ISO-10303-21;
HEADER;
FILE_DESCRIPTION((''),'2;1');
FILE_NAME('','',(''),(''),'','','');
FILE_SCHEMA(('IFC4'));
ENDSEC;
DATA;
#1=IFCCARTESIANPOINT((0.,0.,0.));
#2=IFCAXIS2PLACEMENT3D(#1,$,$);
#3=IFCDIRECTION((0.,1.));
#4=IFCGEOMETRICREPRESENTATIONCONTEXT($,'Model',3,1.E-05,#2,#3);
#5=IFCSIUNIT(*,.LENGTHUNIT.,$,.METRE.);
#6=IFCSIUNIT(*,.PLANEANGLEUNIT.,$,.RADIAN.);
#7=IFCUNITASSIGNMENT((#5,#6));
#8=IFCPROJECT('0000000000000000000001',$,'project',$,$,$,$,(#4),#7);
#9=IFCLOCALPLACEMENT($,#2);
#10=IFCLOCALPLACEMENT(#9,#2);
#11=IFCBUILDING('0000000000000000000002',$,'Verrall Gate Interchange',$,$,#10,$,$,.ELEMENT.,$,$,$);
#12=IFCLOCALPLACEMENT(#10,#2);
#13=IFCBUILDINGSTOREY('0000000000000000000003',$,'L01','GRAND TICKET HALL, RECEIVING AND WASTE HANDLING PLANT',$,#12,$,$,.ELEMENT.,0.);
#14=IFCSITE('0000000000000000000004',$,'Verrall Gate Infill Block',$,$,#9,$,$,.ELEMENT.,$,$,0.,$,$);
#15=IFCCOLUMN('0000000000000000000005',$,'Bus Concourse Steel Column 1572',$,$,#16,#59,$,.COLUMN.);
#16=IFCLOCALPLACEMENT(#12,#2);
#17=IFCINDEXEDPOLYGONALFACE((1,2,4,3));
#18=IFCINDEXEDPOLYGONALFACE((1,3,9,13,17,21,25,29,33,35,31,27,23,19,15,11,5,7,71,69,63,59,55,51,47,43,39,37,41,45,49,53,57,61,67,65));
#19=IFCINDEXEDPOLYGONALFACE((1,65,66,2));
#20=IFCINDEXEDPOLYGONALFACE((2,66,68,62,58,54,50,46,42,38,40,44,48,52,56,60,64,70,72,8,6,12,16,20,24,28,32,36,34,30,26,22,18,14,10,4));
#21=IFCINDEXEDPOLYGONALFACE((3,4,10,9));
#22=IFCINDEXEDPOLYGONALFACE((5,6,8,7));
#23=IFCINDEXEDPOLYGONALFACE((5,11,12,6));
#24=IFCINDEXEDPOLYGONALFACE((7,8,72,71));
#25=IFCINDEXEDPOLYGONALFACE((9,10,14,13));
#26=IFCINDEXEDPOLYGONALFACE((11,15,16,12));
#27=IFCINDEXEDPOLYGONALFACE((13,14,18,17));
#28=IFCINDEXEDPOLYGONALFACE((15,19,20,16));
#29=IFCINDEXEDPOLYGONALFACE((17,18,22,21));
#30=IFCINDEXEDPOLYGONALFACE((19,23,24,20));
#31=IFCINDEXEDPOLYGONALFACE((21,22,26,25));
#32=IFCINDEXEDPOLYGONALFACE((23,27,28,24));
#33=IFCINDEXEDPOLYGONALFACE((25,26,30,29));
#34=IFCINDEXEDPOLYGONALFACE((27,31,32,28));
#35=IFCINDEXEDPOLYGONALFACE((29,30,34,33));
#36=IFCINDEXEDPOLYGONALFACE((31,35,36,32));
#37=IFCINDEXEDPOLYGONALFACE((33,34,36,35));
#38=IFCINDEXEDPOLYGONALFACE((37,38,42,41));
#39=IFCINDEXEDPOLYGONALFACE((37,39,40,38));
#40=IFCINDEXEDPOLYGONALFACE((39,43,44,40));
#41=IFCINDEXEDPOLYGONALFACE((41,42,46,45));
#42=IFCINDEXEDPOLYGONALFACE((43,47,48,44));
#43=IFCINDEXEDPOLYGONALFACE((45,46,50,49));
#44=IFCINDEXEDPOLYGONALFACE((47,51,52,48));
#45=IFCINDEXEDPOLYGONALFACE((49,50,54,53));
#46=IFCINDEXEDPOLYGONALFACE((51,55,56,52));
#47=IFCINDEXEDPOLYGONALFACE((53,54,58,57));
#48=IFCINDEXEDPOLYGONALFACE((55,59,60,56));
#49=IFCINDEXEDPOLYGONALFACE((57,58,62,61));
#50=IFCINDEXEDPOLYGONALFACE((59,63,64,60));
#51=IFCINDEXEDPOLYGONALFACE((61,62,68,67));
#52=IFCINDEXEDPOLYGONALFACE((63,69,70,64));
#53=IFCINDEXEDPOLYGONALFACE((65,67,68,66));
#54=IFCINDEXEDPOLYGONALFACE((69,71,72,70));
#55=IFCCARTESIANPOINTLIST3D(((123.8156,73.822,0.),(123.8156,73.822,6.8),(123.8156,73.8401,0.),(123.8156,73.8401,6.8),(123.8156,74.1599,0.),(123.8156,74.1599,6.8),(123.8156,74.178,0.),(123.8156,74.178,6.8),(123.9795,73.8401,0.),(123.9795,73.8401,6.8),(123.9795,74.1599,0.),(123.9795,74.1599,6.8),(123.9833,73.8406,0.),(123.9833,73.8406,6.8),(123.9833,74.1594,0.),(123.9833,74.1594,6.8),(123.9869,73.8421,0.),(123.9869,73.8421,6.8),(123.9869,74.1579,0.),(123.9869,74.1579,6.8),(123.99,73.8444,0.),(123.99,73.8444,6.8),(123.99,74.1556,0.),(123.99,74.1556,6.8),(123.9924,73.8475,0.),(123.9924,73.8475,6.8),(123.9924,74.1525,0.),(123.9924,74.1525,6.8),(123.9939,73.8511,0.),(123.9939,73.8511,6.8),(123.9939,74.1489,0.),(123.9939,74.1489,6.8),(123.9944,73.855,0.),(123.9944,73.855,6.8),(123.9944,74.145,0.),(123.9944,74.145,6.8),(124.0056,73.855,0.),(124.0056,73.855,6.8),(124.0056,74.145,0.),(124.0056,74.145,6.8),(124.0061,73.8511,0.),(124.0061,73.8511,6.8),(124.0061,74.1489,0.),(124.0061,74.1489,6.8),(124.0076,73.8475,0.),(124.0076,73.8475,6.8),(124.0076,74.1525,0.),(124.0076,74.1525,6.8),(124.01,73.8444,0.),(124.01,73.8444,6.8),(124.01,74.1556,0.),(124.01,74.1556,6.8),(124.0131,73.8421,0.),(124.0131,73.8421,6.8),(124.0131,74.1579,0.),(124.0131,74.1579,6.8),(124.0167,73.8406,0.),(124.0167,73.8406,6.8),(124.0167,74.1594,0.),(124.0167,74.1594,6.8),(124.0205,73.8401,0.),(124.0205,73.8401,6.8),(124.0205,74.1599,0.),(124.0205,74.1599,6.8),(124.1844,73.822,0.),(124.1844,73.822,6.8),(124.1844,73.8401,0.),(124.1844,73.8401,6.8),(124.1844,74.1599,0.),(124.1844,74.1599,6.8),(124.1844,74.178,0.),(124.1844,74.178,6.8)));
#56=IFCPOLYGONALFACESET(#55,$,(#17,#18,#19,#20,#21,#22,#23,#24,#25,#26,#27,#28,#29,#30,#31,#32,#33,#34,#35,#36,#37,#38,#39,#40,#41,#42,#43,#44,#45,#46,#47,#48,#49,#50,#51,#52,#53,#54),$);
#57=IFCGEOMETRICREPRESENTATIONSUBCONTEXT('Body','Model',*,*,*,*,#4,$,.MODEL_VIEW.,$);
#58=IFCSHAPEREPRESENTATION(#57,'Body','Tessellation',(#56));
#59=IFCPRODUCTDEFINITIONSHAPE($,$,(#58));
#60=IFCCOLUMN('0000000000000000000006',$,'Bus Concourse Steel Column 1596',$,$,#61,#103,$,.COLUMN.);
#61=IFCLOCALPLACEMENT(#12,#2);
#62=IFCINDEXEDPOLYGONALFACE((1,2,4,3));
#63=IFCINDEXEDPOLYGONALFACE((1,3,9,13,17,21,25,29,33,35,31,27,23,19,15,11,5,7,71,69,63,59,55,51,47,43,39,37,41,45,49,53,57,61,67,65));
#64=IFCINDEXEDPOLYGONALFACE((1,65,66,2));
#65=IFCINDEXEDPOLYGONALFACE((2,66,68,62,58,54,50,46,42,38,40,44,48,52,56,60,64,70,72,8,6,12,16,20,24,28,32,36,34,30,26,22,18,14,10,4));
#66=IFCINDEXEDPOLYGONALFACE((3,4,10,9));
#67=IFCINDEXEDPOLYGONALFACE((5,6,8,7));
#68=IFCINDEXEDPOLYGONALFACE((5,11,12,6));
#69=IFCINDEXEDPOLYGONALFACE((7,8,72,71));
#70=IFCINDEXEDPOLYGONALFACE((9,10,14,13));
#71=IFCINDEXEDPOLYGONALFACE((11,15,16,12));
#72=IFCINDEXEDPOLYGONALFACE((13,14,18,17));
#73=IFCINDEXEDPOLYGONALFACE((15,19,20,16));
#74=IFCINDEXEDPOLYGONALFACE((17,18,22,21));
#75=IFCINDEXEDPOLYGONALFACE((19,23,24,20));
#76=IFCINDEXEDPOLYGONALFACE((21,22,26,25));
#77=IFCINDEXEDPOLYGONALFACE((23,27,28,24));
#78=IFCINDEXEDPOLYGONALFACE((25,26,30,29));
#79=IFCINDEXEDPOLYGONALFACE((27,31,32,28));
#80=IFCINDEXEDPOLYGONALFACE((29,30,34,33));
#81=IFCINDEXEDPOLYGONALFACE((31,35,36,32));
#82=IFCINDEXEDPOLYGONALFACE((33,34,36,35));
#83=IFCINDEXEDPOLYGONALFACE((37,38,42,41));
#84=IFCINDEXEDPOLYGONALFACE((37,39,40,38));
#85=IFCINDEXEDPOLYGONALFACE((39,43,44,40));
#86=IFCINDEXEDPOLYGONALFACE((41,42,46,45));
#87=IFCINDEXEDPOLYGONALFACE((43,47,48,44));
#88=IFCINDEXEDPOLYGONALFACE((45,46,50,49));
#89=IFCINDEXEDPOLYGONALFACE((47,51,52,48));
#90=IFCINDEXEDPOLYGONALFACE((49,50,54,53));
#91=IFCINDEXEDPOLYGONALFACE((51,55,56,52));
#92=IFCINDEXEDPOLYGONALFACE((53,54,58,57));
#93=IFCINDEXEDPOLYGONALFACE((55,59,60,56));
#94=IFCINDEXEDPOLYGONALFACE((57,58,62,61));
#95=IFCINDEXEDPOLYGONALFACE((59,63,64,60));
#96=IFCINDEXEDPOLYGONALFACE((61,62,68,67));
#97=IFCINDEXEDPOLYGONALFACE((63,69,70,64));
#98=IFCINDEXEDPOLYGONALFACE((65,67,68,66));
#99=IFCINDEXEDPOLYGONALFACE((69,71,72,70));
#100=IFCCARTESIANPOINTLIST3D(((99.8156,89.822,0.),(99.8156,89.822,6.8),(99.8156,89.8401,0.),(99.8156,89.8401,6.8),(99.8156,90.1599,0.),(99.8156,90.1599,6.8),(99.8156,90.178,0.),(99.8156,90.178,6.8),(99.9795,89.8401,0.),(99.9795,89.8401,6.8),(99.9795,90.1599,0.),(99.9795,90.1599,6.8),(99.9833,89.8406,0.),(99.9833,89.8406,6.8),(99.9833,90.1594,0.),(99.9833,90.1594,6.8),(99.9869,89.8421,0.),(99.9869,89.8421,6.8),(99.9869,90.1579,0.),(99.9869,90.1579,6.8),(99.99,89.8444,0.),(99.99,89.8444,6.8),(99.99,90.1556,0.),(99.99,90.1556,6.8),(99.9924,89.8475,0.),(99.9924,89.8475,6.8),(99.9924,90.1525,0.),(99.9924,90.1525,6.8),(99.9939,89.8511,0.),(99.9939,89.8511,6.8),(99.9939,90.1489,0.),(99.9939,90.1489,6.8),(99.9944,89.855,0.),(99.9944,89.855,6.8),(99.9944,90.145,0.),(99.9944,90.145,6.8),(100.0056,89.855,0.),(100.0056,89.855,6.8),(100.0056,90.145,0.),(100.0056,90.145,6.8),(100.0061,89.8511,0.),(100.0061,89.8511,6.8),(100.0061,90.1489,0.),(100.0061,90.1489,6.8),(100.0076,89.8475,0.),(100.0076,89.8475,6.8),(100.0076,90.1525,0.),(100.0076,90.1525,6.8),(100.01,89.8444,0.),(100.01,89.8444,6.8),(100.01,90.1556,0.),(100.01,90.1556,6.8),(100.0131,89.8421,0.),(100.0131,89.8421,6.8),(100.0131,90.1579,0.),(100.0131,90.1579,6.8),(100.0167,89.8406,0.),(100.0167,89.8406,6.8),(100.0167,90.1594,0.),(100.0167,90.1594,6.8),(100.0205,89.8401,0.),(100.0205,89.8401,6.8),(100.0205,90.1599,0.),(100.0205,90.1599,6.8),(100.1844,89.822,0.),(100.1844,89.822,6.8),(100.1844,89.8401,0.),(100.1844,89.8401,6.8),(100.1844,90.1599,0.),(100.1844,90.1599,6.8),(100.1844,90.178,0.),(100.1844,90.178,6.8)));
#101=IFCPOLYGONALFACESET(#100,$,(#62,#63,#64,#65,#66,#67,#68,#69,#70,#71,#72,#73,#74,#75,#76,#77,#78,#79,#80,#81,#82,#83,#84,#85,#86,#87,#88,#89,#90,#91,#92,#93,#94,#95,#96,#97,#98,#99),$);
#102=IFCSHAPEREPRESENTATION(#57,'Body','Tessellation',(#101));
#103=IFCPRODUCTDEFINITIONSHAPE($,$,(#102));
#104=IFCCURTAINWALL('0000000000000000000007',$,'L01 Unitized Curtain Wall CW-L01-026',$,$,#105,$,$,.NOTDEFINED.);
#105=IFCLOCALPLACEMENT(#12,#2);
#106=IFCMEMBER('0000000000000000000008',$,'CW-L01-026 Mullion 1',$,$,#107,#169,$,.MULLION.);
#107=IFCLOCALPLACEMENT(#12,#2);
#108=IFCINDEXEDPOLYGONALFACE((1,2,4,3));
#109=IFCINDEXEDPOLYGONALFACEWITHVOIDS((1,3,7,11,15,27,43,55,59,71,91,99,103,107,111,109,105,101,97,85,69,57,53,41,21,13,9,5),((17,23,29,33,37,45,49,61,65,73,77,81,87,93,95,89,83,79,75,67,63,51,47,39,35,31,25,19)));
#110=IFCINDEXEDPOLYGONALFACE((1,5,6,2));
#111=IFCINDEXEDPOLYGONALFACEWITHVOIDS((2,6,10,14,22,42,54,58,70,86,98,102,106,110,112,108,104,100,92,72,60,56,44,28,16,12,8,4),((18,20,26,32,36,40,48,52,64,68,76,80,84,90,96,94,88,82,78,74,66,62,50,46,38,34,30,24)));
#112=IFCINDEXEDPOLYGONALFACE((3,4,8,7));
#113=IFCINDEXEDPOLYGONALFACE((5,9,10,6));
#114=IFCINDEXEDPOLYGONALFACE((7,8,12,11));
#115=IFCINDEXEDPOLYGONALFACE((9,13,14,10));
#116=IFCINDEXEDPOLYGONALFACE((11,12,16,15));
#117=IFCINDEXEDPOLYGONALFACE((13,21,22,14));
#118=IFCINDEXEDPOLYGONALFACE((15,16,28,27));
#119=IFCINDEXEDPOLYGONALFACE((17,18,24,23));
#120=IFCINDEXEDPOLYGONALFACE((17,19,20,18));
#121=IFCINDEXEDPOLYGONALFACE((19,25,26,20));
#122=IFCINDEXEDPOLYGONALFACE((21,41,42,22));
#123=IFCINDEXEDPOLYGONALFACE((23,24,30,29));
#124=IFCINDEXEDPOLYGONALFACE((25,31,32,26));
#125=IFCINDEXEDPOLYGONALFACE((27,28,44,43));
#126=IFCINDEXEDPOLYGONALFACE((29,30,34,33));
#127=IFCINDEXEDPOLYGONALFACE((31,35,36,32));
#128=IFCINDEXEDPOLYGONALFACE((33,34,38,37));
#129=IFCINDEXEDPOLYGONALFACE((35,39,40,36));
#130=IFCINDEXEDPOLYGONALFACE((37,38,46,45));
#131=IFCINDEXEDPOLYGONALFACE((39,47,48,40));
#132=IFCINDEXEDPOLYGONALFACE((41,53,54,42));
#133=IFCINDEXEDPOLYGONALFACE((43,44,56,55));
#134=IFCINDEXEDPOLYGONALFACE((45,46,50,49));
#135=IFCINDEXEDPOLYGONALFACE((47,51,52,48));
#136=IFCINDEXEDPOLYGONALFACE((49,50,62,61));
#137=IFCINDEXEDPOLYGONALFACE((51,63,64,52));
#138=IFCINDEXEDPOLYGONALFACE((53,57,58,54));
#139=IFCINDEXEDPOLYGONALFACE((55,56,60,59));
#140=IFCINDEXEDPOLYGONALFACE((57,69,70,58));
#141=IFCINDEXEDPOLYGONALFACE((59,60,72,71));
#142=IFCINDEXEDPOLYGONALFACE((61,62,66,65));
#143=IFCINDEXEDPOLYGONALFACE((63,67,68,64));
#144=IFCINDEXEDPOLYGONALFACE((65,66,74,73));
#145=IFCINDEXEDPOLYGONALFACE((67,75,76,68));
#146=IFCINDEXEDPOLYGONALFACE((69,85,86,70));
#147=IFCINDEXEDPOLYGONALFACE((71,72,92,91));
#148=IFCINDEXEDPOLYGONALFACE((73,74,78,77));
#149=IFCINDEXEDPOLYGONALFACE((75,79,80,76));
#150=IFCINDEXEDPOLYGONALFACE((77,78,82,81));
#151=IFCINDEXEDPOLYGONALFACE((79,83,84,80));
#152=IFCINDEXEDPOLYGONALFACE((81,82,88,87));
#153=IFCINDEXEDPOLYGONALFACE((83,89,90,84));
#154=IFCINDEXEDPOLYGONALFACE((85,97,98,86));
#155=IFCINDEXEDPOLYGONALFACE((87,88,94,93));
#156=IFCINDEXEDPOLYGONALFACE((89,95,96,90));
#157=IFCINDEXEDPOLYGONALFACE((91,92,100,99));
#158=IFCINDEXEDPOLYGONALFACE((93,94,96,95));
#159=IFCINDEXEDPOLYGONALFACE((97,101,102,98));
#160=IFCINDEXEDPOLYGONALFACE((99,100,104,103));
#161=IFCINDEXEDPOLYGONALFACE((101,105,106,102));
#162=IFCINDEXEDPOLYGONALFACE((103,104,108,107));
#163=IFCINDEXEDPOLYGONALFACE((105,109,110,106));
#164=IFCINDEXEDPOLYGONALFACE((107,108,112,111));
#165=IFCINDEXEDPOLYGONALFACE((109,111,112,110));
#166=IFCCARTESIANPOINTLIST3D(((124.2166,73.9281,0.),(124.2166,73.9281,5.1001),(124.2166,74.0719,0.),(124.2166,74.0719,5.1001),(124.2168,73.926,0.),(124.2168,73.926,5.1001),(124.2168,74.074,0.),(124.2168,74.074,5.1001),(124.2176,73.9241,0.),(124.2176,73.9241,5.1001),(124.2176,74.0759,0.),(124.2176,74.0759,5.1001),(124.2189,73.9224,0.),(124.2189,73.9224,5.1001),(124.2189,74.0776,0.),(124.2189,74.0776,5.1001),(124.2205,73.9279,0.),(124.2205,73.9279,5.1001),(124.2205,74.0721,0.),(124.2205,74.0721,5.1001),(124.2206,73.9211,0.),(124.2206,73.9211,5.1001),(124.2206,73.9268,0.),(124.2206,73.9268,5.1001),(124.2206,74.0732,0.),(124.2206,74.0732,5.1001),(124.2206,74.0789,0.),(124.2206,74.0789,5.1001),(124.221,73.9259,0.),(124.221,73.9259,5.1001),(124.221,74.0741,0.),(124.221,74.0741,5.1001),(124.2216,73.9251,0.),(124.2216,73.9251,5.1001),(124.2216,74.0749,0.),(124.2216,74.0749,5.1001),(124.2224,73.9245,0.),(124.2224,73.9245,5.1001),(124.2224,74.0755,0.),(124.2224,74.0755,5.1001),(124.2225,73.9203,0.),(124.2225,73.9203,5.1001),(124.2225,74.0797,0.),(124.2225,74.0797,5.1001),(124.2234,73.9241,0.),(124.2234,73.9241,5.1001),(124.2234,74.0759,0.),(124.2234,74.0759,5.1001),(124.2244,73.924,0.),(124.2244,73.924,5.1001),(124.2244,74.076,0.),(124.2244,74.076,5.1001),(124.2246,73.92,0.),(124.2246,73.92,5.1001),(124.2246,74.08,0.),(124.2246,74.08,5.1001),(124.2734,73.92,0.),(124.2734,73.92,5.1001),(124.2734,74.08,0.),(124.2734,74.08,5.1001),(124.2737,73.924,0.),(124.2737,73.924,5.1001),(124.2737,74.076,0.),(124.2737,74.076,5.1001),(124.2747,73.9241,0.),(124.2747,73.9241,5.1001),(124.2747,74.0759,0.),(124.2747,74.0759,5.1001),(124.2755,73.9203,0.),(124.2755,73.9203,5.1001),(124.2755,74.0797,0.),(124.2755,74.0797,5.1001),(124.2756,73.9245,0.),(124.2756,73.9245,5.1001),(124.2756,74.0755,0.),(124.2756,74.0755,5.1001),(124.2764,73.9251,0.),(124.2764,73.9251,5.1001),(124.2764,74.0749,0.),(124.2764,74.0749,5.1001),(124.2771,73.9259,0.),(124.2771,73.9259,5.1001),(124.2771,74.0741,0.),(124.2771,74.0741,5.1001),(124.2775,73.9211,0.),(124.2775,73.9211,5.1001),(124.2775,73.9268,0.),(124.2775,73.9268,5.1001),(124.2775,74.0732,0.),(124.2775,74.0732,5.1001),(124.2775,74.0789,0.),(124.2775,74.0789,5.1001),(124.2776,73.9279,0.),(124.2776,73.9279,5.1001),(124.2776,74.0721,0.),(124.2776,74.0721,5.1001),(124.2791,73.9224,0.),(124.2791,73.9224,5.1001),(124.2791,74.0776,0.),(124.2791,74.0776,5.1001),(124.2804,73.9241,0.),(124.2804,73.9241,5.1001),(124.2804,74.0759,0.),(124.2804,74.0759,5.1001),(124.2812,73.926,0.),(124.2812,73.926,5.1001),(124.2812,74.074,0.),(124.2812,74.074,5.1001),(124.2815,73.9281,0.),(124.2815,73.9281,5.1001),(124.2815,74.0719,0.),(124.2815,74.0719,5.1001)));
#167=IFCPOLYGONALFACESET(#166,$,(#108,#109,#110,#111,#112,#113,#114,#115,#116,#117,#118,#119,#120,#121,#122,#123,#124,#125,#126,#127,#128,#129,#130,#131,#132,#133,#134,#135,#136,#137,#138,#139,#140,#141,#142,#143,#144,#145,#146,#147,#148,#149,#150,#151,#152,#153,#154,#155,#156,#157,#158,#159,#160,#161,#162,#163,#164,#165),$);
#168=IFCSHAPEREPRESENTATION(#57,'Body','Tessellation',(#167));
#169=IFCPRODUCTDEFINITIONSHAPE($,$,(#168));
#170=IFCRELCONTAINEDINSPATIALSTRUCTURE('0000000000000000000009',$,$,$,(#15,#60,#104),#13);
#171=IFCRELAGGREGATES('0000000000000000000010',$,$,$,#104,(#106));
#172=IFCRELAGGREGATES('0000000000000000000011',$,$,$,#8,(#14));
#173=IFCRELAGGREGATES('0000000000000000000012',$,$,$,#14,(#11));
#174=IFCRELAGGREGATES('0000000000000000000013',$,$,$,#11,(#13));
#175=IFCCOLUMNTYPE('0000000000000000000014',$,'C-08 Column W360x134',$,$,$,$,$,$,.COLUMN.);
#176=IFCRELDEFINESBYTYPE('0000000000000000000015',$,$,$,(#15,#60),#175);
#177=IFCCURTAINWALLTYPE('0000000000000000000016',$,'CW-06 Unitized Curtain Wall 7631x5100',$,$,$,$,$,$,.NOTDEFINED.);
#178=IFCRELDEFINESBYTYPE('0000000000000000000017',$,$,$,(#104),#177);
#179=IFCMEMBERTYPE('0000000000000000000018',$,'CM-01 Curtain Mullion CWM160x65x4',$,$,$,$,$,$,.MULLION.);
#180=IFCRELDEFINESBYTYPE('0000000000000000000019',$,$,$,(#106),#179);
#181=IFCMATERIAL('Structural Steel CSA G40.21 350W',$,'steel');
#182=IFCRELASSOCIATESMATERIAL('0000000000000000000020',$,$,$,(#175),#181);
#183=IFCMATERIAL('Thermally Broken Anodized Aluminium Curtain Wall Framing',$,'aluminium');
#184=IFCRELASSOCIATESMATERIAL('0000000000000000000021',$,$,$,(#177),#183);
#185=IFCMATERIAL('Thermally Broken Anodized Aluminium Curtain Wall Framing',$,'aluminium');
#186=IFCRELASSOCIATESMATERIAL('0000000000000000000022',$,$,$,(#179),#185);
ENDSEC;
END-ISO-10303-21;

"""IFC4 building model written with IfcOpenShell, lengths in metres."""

from ifc_helpers import new_model, si_unit, direction, frame, origin, origin_2d, place, context, subcontext, project, spatial, hollow_rectangle, i_section, extrude, material, material_profile, profile_set, type_object, element, aggregate, save


model = new_model("IFC4")

# Units and contexts
model_context = context("Model", 3, precision=1e-05, world=origin(), true_north=direction((0.0, 1.0)))
body_context = subcontext(model_context, "Body", "Model", "MODEL_VIEW")
ifc_project = project(units=[si_unit("LENGTHUNIT", "METRE"), si_unit("PLANEANGLEUNIT", "RADIAN")], contexts=[model_context])

# Site, building, storey
site_placement = place(None, origin())
site = spatial("IfcSite", under=ifc_project, at=site_placement, Name="Verrall Gate Infill Block", CompositionType="ELEMENT", RefElevation=0.0)
building_placement = place(site_placement, origin())
building = spatial("IfcBuilding", under=site, at=building_placement, Name="Verrall Gate Interchange", CompositionType="ELEMENT")
storey_placement = place(building_placement, origin())
storey = spatial("IfcBuildingStorey", under=building, at=storey_placement, Name="L01", Description="GRAND TICKET HALL, RECEIVING AND WASTE HANDLING PLANT", CompositionType="ELEMENT", Elevation=0.0)

# Columns
ifc_material_1 = material(Name="Structural Steel CSA G40.21 350W", Category="steel")
ifc_material_profile_1 = material_profile(ifc_material_1, i_section(OverallWidth=0.3689, OverallDepth=0.356, WebThickness=0.0112, FlangeThickness=0.0181, FilletRadius=0.0149, at=origin_2d()), Name="W360x134")
ifc_profile_set_1 = profile_set([ifc_material_profile_1], Name="Structural Steel CSA G40.21 350W")
column_type = type_object("IfcColumnType", Name="C-08 Column W360x134", PredefinedType="COLUMN", material=ifc_profile_set_1)
for number, where, z_axis, x_axis, name in (
    (1, (124.0, 74.0, 0.0), (0.0, 0.0, 1.0), (1.0, 0.0, 0.0), "Bus Concourse Steel Column 1572"),
    (2, (100.0, 90.0, 0.0), (0.0, 0.0, 1.0), (1.0, 0.0, 0.0), "Bus Concourse Steel Column 1596"),
):
    element("IfcColumn", number, at=place(storey_placement, frame(where, z_axis=z_axis, x_axis=x_axis)), inside=storey, type_object=column_type, Name=name, PredefinedType="COLUMN", context=body_context, shape_type="SweptSolid", body=[
        extrude(i_section(OverallWidth=0.3689, OverallDepth=0.356, WebThickness=0.0112, FlangeThickness=0.0181, FilletRadius=0.0149, at=origin_2d()), origin(), (0.0, 0.0, 1.0), 6.8),
    ])

# Curtain wall, member
ifc_material_2 = material(Name="Thermally Broken Anodized Aluminium Curtain Wall Framing", Category="aluminium")
curtain_wall_type = type_object("IfcCurtainWallType", Name="CW-06 Unitized Curtain Wall 7631x5100", PredefinedType="NOTDEFINED", material=ifc_material_2)
curtain_wall_1_placement = place(storey_placement, origin())
curtain_wall_1 = element("IfcCurtainWall", 3, at=curtain_wall_1_placement, inside=storey, type_object=curtain_wall_type, Name="L01 Unitized Curtain Wall CW-L01-026", PredefinedType="NOTDEFINED")
ifc_material_3 = material(Name="Thermally Broken Anodized Aluminium Curtain Wall Framing", Category="aluminium")
ifc_material_profile_2 = material_profile(ifc_material_3, hollow_rectangle(XDim=0.0649, YDim=0.1599, WallThickness=0.0039, InnerFilletRadius=0.0039, OuterFilletRadius=0.0081, at=origin_2d()), Name="CWM160x65x4")
ifc_profile_set_2 = profile_set([ifc_material_profile_2], Name="Thermally Broken Anodized Aluminium Curtain Wall Framing")
member_type_1 = type_object("IfcMemberType", Name="CM-01 Curtain Mullion CWM160x65x4", PredefinedType="MULLION", material=ifc_profile_set_2)
member_1_placement = place(storey_placement, frame((124.249, 74.0, 0.0), z_axis=(0.0, 0.0, 1.0), x_axis=(1.0, 0.0, 0.0)))
member_1 = element("IfcMember", 4, at=member_1_placement, type_object=member_type_1, Name="CW-L01-026 Mullion 1", PredefinedType="MULLION", context=body_context, shape_type="SweptSolid", body=[
    extrude(hollow_rectangle(XDim=0.0649, YDim=0.1599, WallThickness=0.0039, InnerFilletRadius=0.0039, OuterFilletRadius=0.0081, at=origin_2d()), origin(), (0.0, 0.0, 1.0), 5.1001),
])

aggregate(curtain_wall_1, [member_1])

save(model, "model.ifc")
